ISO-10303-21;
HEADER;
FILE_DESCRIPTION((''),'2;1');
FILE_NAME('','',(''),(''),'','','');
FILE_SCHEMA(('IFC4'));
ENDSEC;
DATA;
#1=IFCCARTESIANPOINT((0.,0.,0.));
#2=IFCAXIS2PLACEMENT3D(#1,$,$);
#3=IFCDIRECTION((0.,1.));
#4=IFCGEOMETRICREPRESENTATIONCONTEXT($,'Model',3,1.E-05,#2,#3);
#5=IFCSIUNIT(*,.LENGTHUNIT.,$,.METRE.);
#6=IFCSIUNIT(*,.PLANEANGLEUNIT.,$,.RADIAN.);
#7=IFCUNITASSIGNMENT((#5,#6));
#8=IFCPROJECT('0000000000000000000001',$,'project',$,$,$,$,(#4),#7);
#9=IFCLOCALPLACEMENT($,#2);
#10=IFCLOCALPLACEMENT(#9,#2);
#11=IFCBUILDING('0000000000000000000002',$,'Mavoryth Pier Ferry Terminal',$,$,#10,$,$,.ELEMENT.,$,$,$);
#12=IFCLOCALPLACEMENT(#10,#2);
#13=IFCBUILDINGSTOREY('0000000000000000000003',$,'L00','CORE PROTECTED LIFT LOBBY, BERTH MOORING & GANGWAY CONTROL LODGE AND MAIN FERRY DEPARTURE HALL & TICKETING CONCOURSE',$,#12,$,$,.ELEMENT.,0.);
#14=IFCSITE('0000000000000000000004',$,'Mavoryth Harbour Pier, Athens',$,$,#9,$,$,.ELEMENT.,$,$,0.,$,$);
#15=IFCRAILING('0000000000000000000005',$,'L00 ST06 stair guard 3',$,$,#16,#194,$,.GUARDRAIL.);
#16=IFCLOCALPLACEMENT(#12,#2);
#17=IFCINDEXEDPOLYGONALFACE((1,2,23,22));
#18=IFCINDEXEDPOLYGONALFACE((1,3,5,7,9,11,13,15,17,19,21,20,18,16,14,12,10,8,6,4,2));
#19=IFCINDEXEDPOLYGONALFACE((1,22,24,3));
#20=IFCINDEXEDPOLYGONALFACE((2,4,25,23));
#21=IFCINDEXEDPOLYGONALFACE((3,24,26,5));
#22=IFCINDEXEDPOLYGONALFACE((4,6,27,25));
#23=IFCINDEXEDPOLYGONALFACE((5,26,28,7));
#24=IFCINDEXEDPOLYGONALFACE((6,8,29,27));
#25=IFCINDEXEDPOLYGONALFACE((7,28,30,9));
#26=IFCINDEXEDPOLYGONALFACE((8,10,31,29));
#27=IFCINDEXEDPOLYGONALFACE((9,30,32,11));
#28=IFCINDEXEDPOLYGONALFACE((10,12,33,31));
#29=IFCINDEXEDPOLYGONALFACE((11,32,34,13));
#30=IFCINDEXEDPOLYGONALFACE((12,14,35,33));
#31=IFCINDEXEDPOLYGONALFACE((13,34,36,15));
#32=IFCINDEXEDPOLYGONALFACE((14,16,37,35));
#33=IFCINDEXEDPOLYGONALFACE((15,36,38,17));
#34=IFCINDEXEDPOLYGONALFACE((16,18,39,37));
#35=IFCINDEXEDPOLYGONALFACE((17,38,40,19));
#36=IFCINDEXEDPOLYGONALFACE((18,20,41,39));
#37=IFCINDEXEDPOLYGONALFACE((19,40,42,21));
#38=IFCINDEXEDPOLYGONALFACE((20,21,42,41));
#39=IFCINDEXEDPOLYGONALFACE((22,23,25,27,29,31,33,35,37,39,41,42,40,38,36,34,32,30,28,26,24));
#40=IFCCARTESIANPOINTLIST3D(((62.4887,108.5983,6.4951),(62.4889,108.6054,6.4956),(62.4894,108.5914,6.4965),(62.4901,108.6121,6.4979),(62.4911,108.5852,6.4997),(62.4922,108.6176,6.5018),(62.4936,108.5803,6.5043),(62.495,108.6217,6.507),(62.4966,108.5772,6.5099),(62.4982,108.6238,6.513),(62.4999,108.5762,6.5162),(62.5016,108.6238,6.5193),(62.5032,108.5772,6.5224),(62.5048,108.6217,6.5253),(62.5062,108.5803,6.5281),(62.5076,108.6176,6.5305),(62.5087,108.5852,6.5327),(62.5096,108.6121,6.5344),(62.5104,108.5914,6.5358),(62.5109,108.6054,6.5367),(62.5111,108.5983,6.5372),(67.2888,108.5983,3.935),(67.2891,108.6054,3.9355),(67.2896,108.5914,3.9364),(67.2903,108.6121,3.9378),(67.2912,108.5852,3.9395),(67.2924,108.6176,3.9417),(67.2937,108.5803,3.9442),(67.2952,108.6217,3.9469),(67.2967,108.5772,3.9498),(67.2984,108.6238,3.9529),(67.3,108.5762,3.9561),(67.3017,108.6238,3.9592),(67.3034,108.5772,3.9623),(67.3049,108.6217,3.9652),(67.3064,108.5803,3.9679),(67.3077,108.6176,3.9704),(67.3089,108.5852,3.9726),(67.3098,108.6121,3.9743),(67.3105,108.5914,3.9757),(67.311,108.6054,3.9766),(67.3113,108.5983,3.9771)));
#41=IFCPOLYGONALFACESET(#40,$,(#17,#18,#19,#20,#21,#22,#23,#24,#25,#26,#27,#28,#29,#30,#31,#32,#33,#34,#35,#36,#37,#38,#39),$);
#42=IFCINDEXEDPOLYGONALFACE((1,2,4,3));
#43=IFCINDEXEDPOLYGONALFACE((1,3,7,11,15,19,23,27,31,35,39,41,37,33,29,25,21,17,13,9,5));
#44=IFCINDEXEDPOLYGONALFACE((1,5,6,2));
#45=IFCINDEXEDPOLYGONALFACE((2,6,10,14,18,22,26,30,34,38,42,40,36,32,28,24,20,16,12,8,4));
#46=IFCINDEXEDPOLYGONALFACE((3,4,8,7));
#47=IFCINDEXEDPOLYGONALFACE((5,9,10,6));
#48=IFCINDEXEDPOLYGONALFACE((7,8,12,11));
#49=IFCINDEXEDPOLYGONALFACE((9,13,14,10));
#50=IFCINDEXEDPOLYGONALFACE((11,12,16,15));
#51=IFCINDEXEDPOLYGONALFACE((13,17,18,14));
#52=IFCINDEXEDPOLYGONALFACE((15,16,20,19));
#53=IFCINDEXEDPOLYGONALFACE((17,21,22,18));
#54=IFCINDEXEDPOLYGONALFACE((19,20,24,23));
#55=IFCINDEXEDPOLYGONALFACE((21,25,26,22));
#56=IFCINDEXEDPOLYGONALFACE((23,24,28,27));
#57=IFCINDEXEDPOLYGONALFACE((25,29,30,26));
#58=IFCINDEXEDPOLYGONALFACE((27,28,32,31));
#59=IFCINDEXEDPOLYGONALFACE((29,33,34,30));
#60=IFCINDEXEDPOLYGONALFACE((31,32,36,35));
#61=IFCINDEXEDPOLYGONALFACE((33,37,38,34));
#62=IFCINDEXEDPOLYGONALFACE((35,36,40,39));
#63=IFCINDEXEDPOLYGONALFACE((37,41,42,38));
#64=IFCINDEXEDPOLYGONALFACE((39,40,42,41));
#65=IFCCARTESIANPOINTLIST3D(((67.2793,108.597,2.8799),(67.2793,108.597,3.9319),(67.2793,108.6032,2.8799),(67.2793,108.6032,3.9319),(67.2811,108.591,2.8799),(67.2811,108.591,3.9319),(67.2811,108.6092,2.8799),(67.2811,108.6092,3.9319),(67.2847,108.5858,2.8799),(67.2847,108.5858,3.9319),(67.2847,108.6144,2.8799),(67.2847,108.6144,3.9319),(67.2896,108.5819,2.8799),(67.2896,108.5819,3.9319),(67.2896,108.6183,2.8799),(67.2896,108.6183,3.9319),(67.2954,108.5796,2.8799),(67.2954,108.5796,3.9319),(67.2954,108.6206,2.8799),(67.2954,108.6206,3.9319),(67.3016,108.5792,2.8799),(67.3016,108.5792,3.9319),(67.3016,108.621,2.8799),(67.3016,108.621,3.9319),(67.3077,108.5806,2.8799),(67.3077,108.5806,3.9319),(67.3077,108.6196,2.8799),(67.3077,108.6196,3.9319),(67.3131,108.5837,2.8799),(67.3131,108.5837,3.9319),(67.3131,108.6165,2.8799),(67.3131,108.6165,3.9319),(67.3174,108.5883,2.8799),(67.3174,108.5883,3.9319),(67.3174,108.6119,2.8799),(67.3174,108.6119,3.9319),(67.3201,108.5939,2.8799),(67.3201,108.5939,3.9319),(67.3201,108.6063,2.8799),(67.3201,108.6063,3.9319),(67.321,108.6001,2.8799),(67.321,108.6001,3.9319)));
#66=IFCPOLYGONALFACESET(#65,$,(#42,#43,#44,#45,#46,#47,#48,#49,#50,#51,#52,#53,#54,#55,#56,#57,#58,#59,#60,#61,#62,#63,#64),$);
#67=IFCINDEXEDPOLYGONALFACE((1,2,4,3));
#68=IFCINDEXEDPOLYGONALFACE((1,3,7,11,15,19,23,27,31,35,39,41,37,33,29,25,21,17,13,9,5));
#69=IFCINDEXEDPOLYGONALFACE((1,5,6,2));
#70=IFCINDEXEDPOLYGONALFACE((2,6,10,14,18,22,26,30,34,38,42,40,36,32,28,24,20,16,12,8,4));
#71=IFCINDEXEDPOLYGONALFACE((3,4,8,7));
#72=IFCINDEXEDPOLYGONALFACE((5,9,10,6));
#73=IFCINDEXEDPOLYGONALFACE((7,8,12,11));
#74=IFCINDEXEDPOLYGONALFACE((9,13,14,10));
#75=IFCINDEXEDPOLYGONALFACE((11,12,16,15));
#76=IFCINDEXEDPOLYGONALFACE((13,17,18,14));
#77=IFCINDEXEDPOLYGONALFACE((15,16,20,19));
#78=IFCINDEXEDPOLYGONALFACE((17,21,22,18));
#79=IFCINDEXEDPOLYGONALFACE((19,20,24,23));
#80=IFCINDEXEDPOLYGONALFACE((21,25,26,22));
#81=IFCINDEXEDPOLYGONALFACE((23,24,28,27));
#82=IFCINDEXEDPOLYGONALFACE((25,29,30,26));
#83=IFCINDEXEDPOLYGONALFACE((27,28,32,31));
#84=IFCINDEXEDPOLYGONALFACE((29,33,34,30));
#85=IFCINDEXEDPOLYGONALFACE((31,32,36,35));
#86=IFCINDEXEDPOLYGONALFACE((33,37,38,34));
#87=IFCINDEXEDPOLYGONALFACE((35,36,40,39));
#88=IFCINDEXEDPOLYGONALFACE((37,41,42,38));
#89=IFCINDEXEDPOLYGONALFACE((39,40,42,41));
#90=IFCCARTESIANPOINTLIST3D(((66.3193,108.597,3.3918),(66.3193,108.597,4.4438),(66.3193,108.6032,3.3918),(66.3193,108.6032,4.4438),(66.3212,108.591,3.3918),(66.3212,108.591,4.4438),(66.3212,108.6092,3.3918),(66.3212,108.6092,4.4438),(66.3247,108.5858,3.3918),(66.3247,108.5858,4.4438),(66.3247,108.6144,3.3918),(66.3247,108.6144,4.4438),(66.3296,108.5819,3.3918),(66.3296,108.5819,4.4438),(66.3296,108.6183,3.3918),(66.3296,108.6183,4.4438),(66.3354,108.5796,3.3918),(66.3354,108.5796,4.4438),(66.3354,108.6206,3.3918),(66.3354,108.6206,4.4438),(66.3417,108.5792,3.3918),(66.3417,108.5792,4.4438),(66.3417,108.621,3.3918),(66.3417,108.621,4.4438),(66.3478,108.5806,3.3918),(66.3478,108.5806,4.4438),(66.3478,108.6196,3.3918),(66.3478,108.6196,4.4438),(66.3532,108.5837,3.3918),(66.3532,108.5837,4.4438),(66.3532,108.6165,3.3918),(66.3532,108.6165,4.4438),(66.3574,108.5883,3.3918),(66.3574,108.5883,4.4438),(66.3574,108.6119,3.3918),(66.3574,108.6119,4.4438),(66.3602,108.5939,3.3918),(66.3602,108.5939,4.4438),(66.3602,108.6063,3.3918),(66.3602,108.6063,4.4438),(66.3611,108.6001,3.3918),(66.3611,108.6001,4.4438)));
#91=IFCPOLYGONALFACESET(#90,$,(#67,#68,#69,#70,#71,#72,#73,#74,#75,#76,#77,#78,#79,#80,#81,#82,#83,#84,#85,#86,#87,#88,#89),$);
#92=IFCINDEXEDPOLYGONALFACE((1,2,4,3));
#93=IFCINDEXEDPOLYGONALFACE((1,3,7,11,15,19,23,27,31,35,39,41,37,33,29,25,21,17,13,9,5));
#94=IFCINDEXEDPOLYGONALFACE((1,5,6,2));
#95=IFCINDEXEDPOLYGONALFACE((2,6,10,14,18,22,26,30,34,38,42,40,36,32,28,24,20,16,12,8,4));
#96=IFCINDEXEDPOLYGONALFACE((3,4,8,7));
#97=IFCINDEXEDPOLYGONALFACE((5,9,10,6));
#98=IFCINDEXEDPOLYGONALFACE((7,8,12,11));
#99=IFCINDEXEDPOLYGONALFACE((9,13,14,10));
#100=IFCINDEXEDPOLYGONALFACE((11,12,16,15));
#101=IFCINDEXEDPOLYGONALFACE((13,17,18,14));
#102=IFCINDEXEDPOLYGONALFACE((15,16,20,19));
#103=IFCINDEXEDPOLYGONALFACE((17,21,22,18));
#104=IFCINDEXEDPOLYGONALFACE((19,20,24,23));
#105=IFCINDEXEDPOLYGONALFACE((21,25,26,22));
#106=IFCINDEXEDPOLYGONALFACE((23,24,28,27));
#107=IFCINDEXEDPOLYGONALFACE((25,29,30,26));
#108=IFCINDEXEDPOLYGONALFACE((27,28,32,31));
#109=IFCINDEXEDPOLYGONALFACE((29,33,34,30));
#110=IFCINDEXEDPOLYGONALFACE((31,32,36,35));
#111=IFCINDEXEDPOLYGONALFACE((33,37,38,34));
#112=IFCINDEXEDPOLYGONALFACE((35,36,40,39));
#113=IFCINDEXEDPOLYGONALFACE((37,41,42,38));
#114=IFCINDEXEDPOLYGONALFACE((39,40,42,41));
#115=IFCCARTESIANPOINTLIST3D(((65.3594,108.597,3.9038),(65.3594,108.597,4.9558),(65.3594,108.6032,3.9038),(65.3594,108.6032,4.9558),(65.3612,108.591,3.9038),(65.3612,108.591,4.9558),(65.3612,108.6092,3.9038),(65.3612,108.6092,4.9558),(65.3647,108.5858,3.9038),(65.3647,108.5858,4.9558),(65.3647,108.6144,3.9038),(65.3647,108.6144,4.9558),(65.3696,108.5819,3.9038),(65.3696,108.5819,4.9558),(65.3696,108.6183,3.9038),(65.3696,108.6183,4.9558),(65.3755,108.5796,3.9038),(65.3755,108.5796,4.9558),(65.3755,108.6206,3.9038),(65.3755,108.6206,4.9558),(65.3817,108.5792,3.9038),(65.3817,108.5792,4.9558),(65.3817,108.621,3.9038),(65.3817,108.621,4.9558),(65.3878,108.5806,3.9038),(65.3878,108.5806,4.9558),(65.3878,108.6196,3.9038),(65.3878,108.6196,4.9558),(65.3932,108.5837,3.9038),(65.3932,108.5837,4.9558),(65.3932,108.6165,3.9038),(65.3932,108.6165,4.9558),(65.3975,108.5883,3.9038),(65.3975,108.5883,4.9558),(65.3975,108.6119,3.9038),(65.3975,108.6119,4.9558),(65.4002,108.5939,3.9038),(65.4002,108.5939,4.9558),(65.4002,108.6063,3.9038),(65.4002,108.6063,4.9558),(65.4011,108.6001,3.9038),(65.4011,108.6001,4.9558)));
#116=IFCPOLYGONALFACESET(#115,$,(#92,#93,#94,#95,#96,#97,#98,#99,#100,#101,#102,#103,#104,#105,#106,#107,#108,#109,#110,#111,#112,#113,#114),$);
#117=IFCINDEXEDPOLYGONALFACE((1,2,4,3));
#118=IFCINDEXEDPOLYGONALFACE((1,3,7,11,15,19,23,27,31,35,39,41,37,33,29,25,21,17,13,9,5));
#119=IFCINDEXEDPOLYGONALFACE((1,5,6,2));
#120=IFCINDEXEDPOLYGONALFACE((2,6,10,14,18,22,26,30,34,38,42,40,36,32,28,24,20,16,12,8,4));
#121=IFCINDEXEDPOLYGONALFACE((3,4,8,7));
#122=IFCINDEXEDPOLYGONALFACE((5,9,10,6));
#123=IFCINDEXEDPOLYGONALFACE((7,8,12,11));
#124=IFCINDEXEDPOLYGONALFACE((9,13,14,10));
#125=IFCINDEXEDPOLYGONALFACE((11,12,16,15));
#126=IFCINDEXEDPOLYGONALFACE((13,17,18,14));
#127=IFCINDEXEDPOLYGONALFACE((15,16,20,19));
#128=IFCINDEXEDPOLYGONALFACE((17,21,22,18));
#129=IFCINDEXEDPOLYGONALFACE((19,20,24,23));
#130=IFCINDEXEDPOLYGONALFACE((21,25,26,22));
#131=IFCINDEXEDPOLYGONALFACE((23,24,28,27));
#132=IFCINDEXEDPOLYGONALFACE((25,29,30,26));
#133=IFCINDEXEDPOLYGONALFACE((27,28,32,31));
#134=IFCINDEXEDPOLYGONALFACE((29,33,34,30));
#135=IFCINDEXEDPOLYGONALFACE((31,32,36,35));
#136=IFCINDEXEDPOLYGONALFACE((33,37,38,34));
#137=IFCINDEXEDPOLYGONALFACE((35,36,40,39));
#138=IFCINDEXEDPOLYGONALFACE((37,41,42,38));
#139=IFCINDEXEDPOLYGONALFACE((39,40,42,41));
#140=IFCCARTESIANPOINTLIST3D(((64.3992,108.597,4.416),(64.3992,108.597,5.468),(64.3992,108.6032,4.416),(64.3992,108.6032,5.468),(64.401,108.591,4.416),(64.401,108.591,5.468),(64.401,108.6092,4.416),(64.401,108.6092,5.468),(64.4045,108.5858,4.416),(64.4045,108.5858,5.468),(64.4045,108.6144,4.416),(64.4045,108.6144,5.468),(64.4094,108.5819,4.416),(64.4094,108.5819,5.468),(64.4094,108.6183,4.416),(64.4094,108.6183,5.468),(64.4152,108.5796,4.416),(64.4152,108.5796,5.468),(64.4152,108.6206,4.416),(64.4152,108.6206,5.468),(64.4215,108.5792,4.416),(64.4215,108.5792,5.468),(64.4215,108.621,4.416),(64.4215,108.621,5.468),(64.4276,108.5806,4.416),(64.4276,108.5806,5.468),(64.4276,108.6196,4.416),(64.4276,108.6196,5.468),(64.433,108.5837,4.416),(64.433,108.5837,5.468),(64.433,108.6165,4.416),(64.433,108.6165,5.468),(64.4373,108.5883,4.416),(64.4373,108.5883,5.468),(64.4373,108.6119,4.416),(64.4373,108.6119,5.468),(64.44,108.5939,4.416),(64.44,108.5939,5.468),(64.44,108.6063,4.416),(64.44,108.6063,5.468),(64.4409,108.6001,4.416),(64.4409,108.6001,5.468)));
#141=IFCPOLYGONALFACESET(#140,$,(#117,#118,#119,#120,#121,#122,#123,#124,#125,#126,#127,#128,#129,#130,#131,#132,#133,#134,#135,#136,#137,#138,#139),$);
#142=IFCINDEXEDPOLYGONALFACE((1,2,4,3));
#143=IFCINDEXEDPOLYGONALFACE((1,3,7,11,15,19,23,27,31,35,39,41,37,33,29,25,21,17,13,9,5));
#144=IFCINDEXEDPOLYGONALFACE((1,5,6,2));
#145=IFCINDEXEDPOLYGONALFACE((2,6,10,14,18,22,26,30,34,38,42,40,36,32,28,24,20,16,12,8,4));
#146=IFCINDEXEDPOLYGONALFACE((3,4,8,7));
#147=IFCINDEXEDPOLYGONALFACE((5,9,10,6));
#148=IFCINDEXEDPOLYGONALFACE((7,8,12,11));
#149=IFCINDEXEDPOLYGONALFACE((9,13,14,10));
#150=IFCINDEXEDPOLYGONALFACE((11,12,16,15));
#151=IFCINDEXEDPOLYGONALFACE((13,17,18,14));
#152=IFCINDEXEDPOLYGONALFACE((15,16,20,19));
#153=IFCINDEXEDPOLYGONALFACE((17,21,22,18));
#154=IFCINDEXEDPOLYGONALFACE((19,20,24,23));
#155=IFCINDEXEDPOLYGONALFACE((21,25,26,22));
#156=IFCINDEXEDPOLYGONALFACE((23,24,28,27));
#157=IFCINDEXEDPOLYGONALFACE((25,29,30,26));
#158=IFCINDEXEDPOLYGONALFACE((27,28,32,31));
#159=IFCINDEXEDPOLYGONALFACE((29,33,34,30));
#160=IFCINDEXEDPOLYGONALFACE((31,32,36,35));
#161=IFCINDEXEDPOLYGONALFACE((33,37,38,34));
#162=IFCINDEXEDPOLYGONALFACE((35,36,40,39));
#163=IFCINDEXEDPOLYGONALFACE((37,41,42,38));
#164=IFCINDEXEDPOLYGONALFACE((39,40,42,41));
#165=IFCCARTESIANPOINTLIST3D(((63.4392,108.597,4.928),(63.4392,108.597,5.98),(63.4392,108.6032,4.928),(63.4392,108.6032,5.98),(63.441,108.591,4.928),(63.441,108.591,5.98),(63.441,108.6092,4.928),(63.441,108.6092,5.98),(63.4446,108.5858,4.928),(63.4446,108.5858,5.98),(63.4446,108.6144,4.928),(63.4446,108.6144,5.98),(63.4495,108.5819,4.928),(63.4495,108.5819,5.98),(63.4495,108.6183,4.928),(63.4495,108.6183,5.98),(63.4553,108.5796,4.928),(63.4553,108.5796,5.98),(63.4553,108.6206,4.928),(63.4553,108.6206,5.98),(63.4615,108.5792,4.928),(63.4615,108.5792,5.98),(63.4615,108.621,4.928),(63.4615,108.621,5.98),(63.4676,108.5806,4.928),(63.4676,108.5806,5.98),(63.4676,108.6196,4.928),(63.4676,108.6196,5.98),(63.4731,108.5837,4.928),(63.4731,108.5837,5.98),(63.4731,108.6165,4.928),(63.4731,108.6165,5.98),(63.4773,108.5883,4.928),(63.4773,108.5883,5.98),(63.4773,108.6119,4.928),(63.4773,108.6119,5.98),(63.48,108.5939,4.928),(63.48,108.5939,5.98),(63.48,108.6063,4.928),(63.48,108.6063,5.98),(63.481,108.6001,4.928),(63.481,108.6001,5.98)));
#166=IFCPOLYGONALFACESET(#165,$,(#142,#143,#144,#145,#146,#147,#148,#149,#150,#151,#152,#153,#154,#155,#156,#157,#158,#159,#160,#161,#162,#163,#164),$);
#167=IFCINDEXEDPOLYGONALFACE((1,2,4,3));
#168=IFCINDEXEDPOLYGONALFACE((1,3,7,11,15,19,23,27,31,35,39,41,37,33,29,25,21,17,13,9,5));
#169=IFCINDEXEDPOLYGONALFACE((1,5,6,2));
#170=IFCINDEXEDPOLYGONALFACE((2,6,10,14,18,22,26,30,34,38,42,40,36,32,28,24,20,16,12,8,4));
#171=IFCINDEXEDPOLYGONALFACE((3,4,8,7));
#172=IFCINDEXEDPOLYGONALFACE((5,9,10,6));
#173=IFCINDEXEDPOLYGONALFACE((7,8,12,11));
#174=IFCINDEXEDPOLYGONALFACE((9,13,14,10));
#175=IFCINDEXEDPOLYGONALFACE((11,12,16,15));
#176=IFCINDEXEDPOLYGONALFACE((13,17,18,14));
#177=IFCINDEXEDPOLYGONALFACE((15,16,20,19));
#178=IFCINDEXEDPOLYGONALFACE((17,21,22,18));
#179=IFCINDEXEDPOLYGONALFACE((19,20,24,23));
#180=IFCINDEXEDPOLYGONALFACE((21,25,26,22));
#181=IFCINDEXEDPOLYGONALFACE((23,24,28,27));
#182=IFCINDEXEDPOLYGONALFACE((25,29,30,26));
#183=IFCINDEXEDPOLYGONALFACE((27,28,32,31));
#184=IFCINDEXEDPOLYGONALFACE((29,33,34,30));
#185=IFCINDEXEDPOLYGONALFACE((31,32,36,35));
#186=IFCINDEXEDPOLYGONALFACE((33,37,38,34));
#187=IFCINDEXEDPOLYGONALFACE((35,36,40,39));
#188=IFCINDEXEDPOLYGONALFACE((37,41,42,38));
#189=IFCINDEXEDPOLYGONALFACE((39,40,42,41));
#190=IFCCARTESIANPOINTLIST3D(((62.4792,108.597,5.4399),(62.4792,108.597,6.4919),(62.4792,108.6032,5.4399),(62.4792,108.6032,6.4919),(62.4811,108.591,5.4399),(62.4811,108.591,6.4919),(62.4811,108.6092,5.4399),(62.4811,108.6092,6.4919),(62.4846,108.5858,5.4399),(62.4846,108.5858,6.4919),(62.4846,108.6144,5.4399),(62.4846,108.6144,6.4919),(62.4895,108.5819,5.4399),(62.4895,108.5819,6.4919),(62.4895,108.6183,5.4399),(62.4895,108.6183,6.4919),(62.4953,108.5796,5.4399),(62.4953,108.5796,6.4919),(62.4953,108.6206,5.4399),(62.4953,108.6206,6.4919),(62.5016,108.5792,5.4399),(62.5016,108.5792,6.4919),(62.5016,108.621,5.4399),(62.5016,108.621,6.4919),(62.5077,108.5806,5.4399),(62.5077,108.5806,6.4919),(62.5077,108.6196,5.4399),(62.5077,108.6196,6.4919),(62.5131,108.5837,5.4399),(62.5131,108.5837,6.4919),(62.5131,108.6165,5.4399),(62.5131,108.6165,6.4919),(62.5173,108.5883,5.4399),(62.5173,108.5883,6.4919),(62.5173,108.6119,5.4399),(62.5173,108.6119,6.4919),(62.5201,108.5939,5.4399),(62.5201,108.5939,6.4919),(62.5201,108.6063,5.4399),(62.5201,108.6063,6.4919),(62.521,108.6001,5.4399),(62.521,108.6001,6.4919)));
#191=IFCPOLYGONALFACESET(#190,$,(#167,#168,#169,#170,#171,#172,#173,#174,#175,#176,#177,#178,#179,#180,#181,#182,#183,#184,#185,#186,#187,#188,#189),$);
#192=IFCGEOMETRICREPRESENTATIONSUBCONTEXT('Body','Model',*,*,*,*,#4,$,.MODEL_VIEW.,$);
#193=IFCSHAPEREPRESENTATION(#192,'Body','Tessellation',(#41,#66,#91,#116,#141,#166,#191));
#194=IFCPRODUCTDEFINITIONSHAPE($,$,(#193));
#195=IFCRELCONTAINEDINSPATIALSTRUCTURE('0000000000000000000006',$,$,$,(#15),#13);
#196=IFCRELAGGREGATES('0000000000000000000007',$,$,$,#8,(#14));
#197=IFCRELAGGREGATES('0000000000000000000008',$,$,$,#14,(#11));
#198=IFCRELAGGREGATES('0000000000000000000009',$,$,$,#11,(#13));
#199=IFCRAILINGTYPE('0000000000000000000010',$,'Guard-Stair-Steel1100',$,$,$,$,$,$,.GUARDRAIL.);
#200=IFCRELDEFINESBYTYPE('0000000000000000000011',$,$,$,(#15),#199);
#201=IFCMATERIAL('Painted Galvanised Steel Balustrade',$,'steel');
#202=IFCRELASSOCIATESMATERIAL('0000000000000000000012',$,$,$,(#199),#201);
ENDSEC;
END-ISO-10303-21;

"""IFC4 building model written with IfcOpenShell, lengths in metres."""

from ifc_helpers import new_model, si_unit, direction, frame, origin, origin_2d, place, context, subcontext, project, spatial, circle, extrude, material, type_object, element, save


model = new_model("IFC4")

# Units and contexts
model_context = context("Model", 3, precision=1e-05, world=origin(), true_north=direction((0.0, 1.0)))
body_context = subcontext(model_context, "Body", "Model", "MODEL_VIEW")
ifc_project = project(units=[si_unit("LENGTHUNIT", "METRE"), si_unit("PLANEANGLEUNIT", "RADIAN")], contexts=[model_context])

# Site, building, storey
site_placement = place(None, origin())
site = spatial("IfcSite", under=ifc_project, at=site_placement, Name="Mavoryth Harbour Pier, Athens", CompositionType="ELEMENT", RefElevation=0.0)
building_placement = place(site_placement, origin())
building = spatial("IfcBuilding", under=site, at=building_placement, Name="Mavoryth Pier Ferry Terminal", CompositionType="ELEMENT")
storey_placement = place(building_placement, origin())
storey = spatial("IfcBuildingStorey", under=building, at=storey_placement, Name="L00", Description="CORE PROTECTED LIFT LOBBY, BERTH MOORING & GANGWAY CONTROL LODGE AND MAIN FERRY DEPARTURE HALL & TICKETING CONCOURSE", CompositionType="ELEMENT", Elevation=0.0)

# Railing
ifc_material_1 = material(Name="Painted Galvanised Steel Balustrade", Category="steel")
railing_type_1 = type_object("IfcRailingType", Name="Guard-Stair-Steel1100", PredefinedType="GUARDRAIL", material=ifc_material_1)
railing_1_placement = place(storey_placement, frame((67.3, 108.6001, 2.8799)))
element("IfcRailing", 1, at=railing_1_placement, inside=storey, type_object=railing_type_1, Name="L00 ST06 stair guard 3", PredefinedType="GUARDRAIL", context=body_context, shape_type="SweptSolid", body=[
    extrude(circle(Radius=0.0239, at=origin_2d()), frame((0.0, 0.0, 1.0762), z_axis=(-0.88235, 0.0, 0.470593), x_axis=(0.0, -1.0, 0.0)), (0.0, 0.0, 1.0), 5.4402),
    extrude(circle(Radius=0.021, at=origin_2d()), origin(), (0.0, 0.0, 1.0), 1.052),
    extrude(circle(Radius=0.021, at=origin_2d()), frame((-0.96, 0.0, 0.512)), (0.0, 0.0, 1.0), 1.052),
    extrude(circle(Radius=0.021, at=origin_2d()), frame((-1.9199, 0.0, 1.0239)), (0.0, 0.0, 1.0), 1.052),
    extrude(circle(Radius=0.021, at=origin_2d()), frame((-2.8801, 0.0, 1.5361)), (0.0, 0.0, 1.0), 1.052),
    extrude(circle(Radius=0.021, at=origin_2d()), frame((-3.8401, 0.0, 2.0481)), (0.0, 0.0, 1.0), 1.052),
    extrude(circle(Radius=0.021, at=origin_2d()), frame((-4.8, 0.0, 2.5601)), (0.0, 0.0, 1.0), 1.052),
])

save(model, "model.ifc")
